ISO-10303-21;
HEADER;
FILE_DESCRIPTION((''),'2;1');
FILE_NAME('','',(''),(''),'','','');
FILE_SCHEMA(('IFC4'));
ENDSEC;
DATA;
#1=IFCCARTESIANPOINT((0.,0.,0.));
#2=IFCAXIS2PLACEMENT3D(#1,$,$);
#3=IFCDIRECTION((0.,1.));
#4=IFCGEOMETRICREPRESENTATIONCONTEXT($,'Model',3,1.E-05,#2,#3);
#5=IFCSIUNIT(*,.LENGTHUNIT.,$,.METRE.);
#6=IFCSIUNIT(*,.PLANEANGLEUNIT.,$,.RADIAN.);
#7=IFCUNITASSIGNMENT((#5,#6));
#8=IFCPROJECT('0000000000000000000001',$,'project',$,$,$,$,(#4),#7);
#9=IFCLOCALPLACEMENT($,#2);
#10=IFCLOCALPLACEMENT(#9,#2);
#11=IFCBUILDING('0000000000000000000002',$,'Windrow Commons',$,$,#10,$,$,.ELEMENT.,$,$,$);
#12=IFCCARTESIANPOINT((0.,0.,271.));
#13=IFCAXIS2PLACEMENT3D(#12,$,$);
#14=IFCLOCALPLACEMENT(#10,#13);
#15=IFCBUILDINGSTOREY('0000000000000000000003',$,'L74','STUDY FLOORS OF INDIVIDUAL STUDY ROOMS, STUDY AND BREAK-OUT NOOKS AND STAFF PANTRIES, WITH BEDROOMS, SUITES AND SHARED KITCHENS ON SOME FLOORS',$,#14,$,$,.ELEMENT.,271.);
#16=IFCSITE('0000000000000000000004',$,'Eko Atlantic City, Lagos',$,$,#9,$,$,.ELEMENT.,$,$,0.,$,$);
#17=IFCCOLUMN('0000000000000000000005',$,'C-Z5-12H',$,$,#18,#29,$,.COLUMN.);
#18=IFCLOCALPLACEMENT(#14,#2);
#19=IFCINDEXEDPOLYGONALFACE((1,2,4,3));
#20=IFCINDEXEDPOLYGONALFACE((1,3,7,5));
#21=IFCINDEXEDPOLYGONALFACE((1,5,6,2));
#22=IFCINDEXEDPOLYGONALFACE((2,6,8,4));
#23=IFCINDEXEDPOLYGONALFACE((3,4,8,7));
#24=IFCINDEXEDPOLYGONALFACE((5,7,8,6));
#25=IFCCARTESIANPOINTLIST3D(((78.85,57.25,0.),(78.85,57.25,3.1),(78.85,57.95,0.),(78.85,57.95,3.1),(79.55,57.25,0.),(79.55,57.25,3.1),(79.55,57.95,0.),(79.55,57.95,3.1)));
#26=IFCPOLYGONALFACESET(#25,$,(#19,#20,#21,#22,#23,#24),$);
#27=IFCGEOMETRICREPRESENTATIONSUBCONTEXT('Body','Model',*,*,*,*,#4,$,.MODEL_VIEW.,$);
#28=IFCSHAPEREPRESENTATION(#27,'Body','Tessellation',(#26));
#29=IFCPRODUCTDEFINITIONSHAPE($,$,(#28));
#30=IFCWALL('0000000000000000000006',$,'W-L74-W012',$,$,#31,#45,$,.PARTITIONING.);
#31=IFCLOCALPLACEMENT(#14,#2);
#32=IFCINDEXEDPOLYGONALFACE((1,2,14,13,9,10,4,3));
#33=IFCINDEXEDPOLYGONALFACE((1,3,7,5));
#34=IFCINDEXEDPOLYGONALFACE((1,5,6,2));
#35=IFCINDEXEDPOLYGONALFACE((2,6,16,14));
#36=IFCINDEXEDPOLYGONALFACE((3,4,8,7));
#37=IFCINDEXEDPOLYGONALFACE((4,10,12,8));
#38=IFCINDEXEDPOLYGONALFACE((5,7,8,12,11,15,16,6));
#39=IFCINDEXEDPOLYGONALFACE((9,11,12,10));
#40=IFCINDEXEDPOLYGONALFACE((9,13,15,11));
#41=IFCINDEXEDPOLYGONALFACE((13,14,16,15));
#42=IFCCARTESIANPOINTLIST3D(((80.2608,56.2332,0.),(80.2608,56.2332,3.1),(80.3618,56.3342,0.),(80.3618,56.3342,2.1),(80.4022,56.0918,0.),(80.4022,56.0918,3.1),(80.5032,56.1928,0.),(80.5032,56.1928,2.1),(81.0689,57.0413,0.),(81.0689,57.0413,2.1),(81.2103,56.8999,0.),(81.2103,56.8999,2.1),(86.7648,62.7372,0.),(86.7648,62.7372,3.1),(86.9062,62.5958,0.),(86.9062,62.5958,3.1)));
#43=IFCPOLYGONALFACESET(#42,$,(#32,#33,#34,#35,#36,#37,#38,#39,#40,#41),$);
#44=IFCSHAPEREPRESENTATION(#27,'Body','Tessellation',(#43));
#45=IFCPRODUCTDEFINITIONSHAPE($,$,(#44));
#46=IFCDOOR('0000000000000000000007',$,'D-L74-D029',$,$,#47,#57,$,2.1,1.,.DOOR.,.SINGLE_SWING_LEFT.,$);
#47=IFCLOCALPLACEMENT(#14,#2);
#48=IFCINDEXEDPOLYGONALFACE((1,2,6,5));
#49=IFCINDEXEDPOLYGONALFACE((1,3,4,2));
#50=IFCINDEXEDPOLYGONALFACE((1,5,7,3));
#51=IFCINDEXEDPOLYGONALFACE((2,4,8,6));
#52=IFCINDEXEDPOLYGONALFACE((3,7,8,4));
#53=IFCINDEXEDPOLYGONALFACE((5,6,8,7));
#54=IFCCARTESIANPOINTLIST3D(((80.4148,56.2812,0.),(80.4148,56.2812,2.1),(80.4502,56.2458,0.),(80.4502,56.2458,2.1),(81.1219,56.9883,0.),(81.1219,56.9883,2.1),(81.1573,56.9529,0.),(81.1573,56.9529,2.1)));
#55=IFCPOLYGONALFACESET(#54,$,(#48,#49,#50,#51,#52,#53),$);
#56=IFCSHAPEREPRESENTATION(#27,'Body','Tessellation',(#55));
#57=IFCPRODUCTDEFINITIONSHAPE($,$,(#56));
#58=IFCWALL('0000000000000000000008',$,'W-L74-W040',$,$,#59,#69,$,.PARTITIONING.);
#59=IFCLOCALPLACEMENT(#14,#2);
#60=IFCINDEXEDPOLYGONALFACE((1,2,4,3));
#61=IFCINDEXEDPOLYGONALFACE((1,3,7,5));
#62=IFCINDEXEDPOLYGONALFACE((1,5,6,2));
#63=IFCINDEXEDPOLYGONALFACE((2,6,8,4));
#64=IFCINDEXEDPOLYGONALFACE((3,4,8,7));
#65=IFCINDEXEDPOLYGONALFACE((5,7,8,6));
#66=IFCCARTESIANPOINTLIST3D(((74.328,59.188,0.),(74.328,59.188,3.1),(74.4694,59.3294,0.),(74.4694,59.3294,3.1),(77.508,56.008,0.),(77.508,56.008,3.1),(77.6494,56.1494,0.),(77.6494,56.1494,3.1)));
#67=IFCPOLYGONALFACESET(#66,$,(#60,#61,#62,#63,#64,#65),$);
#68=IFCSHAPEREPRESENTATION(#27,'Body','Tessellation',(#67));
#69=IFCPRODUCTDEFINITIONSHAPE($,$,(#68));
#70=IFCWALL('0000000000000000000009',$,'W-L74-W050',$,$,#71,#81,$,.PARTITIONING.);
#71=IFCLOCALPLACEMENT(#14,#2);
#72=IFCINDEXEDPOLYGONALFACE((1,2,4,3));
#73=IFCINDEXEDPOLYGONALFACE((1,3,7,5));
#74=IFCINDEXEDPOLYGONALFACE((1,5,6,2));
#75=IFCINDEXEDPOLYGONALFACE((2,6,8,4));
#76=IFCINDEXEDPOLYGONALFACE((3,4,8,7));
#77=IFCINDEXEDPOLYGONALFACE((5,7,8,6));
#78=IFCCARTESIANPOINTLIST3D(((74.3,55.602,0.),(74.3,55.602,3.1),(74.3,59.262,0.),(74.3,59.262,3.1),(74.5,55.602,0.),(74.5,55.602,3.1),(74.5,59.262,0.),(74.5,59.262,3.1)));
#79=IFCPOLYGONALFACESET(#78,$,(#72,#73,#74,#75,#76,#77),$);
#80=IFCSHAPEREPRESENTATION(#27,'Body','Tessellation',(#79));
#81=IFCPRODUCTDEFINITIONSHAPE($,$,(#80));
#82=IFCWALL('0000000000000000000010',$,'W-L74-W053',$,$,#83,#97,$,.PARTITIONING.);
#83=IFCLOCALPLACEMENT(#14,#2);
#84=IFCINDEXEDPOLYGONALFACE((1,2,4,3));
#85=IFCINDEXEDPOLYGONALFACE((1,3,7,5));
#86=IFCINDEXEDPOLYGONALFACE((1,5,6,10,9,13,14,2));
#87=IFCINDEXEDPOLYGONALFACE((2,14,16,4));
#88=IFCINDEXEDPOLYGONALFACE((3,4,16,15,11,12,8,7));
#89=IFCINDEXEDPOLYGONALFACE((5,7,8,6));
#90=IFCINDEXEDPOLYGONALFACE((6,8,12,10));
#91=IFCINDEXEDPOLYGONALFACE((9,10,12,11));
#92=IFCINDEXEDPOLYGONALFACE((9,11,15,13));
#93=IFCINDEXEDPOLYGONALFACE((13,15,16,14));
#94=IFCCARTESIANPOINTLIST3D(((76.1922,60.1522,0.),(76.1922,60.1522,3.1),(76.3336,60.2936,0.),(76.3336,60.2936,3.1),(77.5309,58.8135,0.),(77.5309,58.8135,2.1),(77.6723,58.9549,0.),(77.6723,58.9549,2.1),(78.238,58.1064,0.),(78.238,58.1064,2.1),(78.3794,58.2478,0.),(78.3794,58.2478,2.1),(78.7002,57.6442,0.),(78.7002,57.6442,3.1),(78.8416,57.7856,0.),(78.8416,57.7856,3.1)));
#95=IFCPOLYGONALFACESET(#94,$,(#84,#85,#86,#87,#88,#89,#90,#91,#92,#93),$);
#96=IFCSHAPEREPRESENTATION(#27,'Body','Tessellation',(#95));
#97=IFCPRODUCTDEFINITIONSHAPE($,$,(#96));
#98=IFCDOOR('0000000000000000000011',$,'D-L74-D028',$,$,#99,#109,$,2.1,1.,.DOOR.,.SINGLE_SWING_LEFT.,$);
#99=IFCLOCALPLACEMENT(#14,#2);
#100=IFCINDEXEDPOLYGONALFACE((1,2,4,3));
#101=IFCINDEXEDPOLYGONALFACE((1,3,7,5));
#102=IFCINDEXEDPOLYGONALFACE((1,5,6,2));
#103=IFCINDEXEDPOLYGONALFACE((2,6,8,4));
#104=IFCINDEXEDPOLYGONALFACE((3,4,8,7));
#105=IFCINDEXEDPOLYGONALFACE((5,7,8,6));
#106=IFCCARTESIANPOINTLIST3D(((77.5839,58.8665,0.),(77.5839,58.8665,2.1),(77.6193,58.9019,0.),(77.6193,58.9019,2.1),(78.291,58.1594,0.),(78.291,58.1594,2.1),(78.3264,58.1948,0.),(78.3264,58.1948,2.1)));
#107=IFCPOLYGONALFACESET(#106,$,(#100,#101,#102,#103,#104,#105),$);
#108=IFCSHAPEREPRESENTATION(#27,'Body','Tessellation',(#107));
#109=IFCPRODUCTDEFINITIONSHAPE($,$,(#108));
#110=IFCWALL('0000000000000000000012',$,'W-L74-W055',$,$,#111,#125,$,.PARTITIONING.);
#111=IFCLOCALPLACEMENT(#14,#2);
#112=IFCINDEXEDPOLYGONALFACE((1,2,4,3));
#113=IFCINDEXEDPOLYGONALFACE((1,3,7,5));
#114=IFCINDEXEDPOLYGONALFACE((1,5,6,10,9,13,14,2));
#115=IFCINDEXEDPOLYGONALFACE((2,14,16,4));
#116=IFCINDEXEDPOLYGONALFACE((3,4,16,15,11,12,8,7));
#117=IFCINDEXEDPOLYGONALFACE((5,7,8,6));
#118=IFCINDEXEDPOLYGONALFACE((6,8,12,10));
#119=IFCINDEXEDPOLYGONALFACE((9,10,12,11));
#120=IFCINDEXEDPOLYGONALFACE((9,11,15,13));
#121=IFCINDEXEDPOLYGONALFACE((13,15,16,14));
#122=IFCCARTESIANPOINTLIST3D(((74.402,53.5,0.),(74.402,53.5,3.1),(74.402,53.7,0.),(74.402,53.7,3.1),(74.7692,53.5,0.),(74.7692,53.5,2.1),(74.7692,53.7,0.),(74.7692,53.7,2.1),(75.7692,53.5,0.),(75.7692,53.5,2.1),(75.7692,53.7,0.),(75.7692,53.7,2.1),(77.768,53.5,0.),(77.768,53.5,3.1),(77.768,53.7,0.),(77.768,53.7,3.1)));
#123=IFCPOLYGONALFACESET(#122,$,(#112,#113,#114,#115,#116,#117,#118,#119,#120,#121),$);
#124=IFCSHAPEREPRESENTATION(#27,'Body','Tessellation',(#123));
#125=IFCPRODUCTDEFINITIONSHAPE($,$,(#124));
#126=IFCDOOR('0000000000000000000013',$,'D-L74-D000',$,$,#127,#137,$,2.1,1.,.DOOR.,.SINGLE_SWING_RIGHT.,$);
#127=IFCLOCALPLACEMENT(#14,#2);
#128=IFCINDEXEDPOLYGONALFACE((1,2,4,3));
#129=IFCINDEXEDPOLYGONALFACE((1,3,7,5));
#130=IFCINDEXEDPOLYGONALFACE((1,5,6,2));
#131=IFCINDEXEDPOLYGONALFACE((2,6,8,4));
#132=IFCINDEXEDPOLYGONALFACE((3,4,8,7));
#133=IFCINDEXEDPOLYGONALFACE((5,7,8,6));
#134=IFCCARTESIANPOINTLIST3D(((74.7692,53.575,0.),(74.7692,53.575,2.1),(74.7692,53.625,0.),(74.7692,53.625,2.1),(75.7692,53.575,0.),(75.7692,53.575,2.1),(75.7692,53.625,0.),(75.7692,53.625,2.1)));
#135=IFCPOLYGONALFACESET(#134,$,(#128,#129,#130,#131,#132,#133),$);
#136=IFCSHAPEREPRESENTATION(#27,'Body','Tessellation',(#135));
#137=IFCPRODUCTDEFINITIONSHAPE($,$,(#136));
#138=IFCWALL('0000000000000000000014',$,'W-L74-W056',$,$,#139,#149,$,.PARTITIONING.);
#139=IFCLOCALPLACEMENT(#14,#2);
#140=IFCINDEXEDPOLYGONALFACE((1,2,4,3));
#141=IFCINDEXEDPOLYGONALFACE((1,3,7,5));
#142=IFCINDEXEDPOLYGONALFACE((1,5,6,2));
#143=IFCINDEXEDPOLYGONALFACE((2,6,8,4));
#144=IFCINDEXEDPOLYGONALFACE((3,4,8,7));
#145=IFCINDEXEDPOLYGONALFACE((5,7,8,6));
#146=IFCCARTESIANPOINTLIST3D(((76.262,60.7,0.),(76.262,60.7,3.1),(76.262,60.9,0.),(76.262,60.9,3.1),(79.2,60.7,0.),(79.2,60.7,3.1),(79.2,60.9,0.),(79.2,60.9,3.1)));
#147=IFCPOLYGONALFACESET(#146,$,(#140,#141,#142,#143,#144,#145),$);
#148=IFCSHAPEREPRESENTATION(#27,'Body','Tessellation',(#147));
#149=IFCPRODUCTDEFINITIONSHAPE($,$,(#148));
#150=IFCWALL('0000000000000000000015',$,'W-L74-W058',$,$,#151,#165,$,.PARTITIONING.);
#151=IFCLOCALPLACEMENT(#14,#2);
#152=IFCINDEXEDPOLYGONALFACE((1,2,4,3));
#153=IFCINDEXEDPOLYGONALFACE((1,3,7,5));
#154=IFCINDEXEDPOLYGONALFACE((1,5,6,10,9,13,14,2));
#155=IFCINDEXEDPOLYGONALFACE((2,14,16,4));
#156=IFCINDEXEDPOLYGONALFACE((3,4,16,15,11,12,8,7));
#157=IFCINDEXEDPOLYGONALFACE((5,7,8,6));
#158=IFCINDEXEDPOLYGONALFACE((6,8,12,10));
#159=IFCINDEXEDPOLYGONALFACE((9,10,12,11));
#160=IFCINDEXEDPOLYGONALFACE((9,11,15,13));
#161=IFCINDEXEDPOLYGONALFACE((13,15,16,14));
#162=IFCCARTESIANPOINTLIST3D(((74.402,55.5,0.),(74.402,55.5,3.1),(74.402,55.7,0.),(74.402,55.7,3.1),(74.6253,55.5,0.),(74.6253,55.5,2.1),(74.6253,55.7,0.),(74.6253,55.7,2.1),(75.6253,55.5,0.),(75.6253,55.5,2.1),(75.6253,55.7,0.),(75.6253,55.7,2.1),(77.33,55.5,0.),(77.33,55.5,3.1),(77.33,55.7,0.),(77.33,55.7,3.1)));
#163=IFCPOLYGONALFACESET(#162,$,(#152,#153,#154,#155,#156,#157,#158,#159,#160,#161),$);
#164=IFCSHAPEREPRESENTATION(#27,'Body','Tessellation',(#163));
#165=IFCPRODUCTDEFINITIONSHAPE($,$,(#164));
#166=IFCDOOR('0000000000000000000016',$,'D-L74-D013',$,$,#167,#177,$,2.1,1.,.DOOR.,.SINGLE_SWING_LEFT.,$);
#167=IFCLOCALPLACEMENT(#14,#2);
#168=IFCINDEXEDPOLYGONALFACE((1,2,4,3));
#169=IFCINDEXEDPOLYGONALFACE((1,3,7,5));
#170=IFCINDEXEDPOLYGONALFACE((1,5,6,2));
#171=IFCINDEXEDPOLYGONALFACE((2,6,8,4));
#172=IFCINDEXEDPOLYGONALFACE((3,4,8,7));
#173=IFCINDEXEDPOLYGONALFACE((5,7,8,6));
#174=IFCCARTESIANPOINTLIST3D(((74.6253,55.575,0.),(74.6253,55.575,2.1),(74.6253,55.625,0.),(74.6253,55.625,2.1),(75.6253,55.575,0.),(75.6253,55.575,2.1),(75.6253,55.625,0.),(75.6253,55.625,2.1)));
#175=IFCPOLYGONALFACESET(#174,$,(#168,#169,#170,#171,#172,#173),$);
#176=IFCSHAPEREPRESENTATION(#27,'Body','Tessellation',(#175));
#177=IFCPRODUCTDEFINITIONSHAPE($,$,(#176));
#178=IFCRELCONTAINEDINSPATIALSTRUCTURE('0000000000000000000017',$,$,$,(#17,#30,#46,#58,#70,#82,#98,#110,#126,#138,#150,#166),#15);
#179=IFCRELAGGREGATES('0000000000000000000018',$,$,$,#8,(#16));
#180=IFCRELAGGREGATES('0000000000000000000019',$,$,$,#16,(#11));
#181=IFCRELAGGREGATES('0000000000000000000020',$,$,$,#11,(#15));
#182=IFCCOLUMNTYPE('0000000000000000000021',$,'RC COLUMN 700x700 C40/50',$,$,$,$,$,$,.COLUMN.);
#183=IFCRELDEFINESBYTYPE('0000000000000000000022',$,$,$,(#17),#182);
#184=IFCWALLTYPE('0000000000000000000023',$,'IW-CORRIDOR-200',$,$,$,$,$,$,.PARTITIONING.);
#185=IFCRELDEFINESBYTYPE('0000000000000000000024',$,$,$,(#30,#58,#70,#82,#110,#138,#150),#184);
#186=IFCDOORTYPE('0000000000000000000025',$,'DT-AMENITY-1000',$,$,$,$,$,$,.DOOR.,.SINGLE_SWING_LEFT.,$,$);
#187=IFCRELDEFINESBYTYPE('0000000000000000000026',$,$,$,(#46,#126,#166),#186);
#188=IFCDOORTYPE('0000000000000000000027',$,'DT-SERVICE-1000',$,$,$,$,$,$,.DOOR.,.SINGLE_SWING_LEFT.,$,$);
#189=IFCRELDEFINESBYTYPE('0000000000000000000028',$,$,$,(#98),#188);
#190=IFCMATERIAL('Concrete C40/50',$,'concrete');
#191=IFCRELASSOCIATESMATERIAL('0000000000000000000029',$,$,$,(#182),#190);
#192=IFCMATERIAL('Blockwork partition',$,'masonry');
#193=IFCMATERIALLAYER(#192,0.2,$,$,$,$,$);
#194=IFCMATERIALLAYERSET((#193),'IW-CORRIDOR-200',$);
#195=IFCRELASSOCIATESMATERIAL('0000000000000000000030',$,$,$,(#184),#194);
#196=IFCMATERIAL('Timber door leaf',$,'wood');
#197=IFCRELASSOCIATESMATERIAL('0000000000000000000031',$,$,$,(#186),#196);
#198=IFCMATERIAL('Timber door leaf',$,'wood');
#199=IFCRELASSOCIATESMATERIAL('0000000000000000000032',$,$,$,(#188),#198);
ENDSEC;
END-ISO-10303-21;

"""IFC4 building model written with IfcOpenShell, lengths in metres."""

from ifc_helpers import new_model, si_unit, direction, frame, frame_2d, origin, origin_2d, place, context, subcontext, project, spatial, rectangle, extrude, material, layer, layer_set, material_profile, profile_set, type_object, element, fill, save


model = new_model("IFC4")

# Units and contexts
model_context = context("Model", 3, precision=1e-05, world=origin(), true_north=direction((0.0, 1.0)))
body_context = subcontext(model_context, "Body", "Model", "MODEL_VIEW")
ifc_project = project(units=[si_unit("LENGTHUNIT", "METRE"), si_unit("PLANEANGLEUNIT", "RADIAN")], contexts=[model_context])

# Site, building, storey
site_placement = place(None, origin())
site = spatial("IfcSite", under=ifc_project, at=site_placement, Name="Eko Atlantic City, Lagos", CompositionType="ELEMENT", RefElevation=0.0)
building_placement = place(site_placement, origin())
building = spatial("IfcBuilding", under=site, at=building_placement, Name="Windrow Commons", CompositionType="ELEMENT")
storey_placement = place(building_placement, frame((0.0, 0.0, 271.0)))
storey = spatial("IfcBuildingStorey", under=building, at=storey_placement, Name="L74", Description="STUDY FLOORS OF INDIVIDUAL STUDY ROOMS, STUDY AND BREAK-OUT NOOKS AND STAFF PANTRIES, WITH BEDROOMS, SUITES AND SHARED KITCHENS ON SOME FLOORS", CompositionType="ELEMENT", Elevation=271.0)

# Column
ifc_material_1 = material(Name="Concrete C40/50", Category="concrete")
ifc_material_profile = material_profile(ifc_material_1, rectangle(XDim=0.7, YDim=0.7, at=origin_2d()))
ifc_profile_set = profile_set([ifc_material_profile], Name="Concrete C40/50")
column_type = type_object("IfcColumnType", Name="RC COLUMN 700x700 C40/50", PredefinedType="COLUMN", material=ifc_profile_set)
column_placement = place(storey_placement, frame((79.2, 57.6, 0.0), z_axis=(0.0, 0.0, 1.0), x_axis=(1.0, 0.0, 0.0)))
element("IfcColumn", 1, at=column_placement, inside=storey, type_object=column_type, Name="C-Z5-12H", PredefinedType="COLUMN", context=body_context, shape_type="SweptSolid", body=[
    extrude(rectangle(XDim=0.7, YDim=0.7, at=origin_2d()), origin(), (0.0, 0.0, 1.0), 3.1),
])

# Wall, opening, door
ifc_material_2 = material(Name="Blockwork partition", Category="masonry")
ifc_layer_1 = layer(ifc_material_2, 0.2)
ifc_layer_set_1 = layer_set([ifc_layer_1], Name="IW-CORRIDOR-200")
wall_type_1 = type_object("IfcWallType", Name="IW-CORRIDOR-200", PredefinedType="PARTITIONING", material=ifc_layer_set_1)
wall_1_placement = place(storey_placement, frame((80.3315, 56.1625, 0.0), z_axis=(0.0, 0.0, 1.0), x_axis=(0.707107, 0.707107, 0.0)))
wall_1 = element("IfcWall", 2, at=wall_1_placement, inside=storey, type_object=wall_type_1, Name="W-L74-W012", PredefinedType="PARTITIONING", context=body_context, shape_type="SweptSolid", body=[
    extrude(rectangle(XDim=9.198, YDim=0.2, at=frame_2d((4.599, 0.0))), origin(), (0.0, 0.0, 1.0), 3.1),
])
opening_1_placement = place(wall_1_placement, frame((0.1428, 0.0, 0.0)))
opening_1 = element("IfcOpeningElement", 3, at=opening_1_placement, cuts=wall_1, PredefinedType="OPENING", context=body_context, shape_type="SweptSolid", body=[
    extrude(rectangle(XDim=1.0, YDim=2.1, at=frame_2d((0.5, 1.05))), frame((0.0, 0.11, 0.0), z_axis=(0.0, -1.0, 0.0), x_axis=(1.0, 0.0, 0.0)), (0.0, 0.0, 1.0), 0.22),
])
ifc_material_3 = material(Name="Timber door leaf", Category="wood")
door_type_1 = type_object("IfcDoorType", Name="DT-AMENITY-1000", OperationType="SINGLE_SWING_LEFT", PredefinedType="DOOR", material=ifc_material_3)
door_1_placement = place(opening_1_placement, origin())
door_1 = element("IfcDoor", 4, at=door_1_placement, inside=storey, type_object=door_type_1, Name="D-L74-D029", OperationType="SINGLE_SWING_LEFT", OverallHeight=2.1, OverallWidth=1.0, PredefinedType="DOOR", context=body_context, shape_type="SweptSolid", body=[
    extrude(rectangle(XDim=1.0, YDim=2.1, at=frame_2d((0.5, 1.05))), frame((0.0, 0.025, 0.0), z_axis=(0.0, -1.0, 0.0), x_axis=(1.0, 0.0, 0.0)), (0.0, 0.0, 1.0), 0.05),
])
fill(opening_1, door_1)

# Walls
wall_2_placement = place(storey_placement, frame((74.3987, 59.2587, 0.0), z_axis=(0.0, 0.0, 1.0), x_axis=(0.707107, -0.707107, 0.0)))
element("IfcWall", 5, at=wall_2_placement, inside=storey, type_object=wall_type_1, Name="W-L74-W040", PredefinedType="PARTITIONING", context=body_context, shape_type="SweptSolid", body=[
    extrude(rectangle(XDim=4.4972, YDim=0.2, at=frame_2d((2.2486, 0.0))), origin(), (0.0, 0.0, 1.0), 3.1),
])
wall_3_placement = place(storey_placement, frame((74.4, 55.602, 0.0), z_axis=(0.0, 0.0, 1.0), x_axis=(0.0, 1.0, 0.0)))
element("IfcWall", 6, at=wall_3_placement, inside=storey, type_object=wall_type_1, Name="W-L74-W050", PredefinedType="PARTITIONING", context=body_context, shape_type="SweptSolid", body=[
    extrude(rectangle(XDim=3.66, YDim=0.2, at=frame_2d((1.83, 0.0))), origin(), (0.0, 0.0, 1.0), 3.1),
])

# Walls, openings, doors
wall_4_placement = place(storey_placement, frame((76.2629, 60.2229, 0.0), z_axis=(0.0, 0.0, 1.0), x_axis=(0.707107, -0.707107, 0.0)))
wall_4 = element("IfcWall", 7, at=wall_4_placement, inside=storey, type_object=wall_type_1, Name="W-L74-W053", PredefinedType="PARTITIONING", context=body_context, shape_type="SweptSolid", body=[
    extrude(rectangle(XDim=3.5468, YDim=0.2, at=frame_2d((1.7734, 0.0))), origin(), (0.0, 0.0, 1.0), 3.1),
])
opening_2_placement = place(wall_4_placement, frame((1.8932, 0.0, 0.0)))
opening_2 = element("IfcOpeningElement", 8, at=opening_2_placement, cuts=wall_4, PredefinedType="OPENING", context=body_context, shape_type="SweptSolid", body=[
    extrude(rectangle(XDim=1.0, YDim=2.1, at=frame_2d((0.5, 1.05))), frame((0.0, 0.11, 0.0), z_axis=(0.0, -1.0, 0.0), x_axis=(1.0, 0.0, 0.0)), (0.0, 0.0, 1.0), 0.22),
])
ifc_material_4 = material(Name="Timber door leaf", Category="wood")
door_type_2 = type_object("IfcDoorType", Name="DT-SERVICE-1000", OperationType="SINGLE_SWING_LEFT", PredefinedType="DOOR", material=ifc_material_4)
door_2_placement = place(opening_2_placement, origin())
door_2 = element("IfcDoor", 9, at=door_2_placement, inside=storey, type_object=door_type_2, Name="D-L74-D028", OperationType="SINGLE_SWING_LEFT", OverallHeight=2.1, OverallWidth=1.0, PredefinedType="DOOR", context=body_context, shape_type="SweptSolid", body=[
    extrude(rectangle(XDim=1.0, YDim=2.1, at=frame_2d((0.5, 1.05))), frame((0.0, 0.025, 0.0), z_axis=(0.0, -1.0, 0.0), x_axis=(1.0, 0.0, 0.0)), (0.0, 0.0, 1.0), 0.05),
])
fill(opening_2, door_2)
wall_5_placement = place(storey_placement, frame((74.402, 53.6, 0.0), z_axis=(0.0, 0.0, 1.0), x_axis=(1.0, 0.0, 0.0)))
wall_5 = element("IfcWall", 10, at=wall_5_placement, inside=storey, type_object=wall_type_1, Name="W-L74-W055", PredefinedType="PARTITIONING", context=body_context, shape_type="SweptSolid", body=[
    extrude(rectangle(XDim=3.366, YDim=0.2, at=frame_2d((1.683, 0.0))), origin(), (0.0, 0.0, 1.0), 3.1),
])
opening_3_placement = place(wall_5_placement, frame((0.3672, 0.0, 0.0)))
opening_3 = element("IfcOpeningElement", 11, at=opening_3_placement, cuts=wall_5, PredefinedType="OPENING", context=body_context, shape_type="SweptSolid", body=[
    extrude(rectangle(XDim=1.0, YDim=2.1, at=frame_2d((0.5, 1.05))), frame((0.0, 0.11, 0.0), z_axis=(0.0, -1.0, 0.0), x_axis=(1.0, 0.0, 0.0)), (0.0, 0.0, 1.0), 0.22),
])
door_3_placement = place(opening_3_placement, origin())
door_3 = element("IfcDoor", 12, at=door_3_placement, inside=storey, type_object=door_type_1, Name="D-L74-D000", OperationType="SINGLE_SWING_RIGHT", OverallHeight=2.1, OverallWidth=1.0, PredefinedType="DOOR", context=body_context, shape_type="SweptSolid", body=[
    extrude(rectangle(XDim=1.0, YDim=2.1, at=frame_2d((0.5, 1.05))), frame((0.0, 0.025, 0.0), z_axis=(0.0, -1.0, 0.0), x_axis=(1.0, 0.0, 0.0)), (0.0, 0.0, 1.0), 0.05),
])
fill(opening_3, door_3)

# Wall
wall_6_placement = place(storey_placement, frame((76.262, 60.8, 0.0), z_axis=(0.0, 0.0, 1.0), x_axis=(1.0, 0.0, 0.0)))
element("IfcWall", 13, at=wall_6_placement, inside=storey, type_object=wall_type_1, Name="W-L74-W056", PredefinedType="PARTITIONING", context=body_context, shape_type="SweptSolid", body=[
    extrude(rectangle(XDim=2.938, YDim=0.2, at=frame_2d((1.469, 0.0))), origin(), (0.0, 0.0, 1.0), 3.1),
])

# Wall, opening, door
wall_7_placement = place(storey_placement, frame((74.402, 55.6, 0.0), z_axis=(0.0, 0.0, 1.0), x_axis=(1.0, 0.0, 0.0)))
wall_7 = element("IfcWall", 14, at=wall_7_placement, inside=storey, type_object=wall_type_1, Name="W-L74-W058", PredefinedType="PARTITIONING", context=body_context, shape_type="SweptSolid", body=[
    extrude(rectangle(XDim=2.928, YDim=0.2, at=frame_2d((1.464, 0.0))), origin(), (0.0, 0.0, 1.0), 3.1),
])
opening_4_placement = place(wall_7_placement, frame((0.2233, 0.0, 0.0)))
opening_4 = element("IfcOpeningElement", 15, at=opening_4_placement, cuts=wall_7, PredefinedType="OPENING", context=body_context, shape_type="SweptSolid", body=[
    extrude(rectangle(XDim=1.0, YDim=2.1, at=frame_2d((0.5, 1.05))), frame((0.0, 0.11, 0.0), z_axis=(0.0, -1.0, 0.0), x_axis=(1.0, 0.0, 0.0)), (0.0, 0.0, 1.0), 0.22),
])
door_4_placement = place(opening_4_placement, origin())
door_4 = element("IfcDoor", 16, at=door_4_placement, inside=storey, type_object=door_type_1, Name="D-L74-D013", OperationType="SINGLE_SWING_LEFT", OverallHeight=2.1, OverallWidth=1.0, PredefinedType="DOOR", context=body_context, shape_type="SweptSolid", body=[
    extrude(rectangle(XDim=1.0, YDim=2.1, at=frame_2d((0.5, 1.05))), frame((0.0, 0.025, 0.0), z_axis=(0.0, -1.0, 0.0), x_axis=(1.0, 0.0, 0.0)), (0.0, 0.0, 1.0), 0.05),
])
fill(opening_4, door_4)

save(model, "model.ifc")
